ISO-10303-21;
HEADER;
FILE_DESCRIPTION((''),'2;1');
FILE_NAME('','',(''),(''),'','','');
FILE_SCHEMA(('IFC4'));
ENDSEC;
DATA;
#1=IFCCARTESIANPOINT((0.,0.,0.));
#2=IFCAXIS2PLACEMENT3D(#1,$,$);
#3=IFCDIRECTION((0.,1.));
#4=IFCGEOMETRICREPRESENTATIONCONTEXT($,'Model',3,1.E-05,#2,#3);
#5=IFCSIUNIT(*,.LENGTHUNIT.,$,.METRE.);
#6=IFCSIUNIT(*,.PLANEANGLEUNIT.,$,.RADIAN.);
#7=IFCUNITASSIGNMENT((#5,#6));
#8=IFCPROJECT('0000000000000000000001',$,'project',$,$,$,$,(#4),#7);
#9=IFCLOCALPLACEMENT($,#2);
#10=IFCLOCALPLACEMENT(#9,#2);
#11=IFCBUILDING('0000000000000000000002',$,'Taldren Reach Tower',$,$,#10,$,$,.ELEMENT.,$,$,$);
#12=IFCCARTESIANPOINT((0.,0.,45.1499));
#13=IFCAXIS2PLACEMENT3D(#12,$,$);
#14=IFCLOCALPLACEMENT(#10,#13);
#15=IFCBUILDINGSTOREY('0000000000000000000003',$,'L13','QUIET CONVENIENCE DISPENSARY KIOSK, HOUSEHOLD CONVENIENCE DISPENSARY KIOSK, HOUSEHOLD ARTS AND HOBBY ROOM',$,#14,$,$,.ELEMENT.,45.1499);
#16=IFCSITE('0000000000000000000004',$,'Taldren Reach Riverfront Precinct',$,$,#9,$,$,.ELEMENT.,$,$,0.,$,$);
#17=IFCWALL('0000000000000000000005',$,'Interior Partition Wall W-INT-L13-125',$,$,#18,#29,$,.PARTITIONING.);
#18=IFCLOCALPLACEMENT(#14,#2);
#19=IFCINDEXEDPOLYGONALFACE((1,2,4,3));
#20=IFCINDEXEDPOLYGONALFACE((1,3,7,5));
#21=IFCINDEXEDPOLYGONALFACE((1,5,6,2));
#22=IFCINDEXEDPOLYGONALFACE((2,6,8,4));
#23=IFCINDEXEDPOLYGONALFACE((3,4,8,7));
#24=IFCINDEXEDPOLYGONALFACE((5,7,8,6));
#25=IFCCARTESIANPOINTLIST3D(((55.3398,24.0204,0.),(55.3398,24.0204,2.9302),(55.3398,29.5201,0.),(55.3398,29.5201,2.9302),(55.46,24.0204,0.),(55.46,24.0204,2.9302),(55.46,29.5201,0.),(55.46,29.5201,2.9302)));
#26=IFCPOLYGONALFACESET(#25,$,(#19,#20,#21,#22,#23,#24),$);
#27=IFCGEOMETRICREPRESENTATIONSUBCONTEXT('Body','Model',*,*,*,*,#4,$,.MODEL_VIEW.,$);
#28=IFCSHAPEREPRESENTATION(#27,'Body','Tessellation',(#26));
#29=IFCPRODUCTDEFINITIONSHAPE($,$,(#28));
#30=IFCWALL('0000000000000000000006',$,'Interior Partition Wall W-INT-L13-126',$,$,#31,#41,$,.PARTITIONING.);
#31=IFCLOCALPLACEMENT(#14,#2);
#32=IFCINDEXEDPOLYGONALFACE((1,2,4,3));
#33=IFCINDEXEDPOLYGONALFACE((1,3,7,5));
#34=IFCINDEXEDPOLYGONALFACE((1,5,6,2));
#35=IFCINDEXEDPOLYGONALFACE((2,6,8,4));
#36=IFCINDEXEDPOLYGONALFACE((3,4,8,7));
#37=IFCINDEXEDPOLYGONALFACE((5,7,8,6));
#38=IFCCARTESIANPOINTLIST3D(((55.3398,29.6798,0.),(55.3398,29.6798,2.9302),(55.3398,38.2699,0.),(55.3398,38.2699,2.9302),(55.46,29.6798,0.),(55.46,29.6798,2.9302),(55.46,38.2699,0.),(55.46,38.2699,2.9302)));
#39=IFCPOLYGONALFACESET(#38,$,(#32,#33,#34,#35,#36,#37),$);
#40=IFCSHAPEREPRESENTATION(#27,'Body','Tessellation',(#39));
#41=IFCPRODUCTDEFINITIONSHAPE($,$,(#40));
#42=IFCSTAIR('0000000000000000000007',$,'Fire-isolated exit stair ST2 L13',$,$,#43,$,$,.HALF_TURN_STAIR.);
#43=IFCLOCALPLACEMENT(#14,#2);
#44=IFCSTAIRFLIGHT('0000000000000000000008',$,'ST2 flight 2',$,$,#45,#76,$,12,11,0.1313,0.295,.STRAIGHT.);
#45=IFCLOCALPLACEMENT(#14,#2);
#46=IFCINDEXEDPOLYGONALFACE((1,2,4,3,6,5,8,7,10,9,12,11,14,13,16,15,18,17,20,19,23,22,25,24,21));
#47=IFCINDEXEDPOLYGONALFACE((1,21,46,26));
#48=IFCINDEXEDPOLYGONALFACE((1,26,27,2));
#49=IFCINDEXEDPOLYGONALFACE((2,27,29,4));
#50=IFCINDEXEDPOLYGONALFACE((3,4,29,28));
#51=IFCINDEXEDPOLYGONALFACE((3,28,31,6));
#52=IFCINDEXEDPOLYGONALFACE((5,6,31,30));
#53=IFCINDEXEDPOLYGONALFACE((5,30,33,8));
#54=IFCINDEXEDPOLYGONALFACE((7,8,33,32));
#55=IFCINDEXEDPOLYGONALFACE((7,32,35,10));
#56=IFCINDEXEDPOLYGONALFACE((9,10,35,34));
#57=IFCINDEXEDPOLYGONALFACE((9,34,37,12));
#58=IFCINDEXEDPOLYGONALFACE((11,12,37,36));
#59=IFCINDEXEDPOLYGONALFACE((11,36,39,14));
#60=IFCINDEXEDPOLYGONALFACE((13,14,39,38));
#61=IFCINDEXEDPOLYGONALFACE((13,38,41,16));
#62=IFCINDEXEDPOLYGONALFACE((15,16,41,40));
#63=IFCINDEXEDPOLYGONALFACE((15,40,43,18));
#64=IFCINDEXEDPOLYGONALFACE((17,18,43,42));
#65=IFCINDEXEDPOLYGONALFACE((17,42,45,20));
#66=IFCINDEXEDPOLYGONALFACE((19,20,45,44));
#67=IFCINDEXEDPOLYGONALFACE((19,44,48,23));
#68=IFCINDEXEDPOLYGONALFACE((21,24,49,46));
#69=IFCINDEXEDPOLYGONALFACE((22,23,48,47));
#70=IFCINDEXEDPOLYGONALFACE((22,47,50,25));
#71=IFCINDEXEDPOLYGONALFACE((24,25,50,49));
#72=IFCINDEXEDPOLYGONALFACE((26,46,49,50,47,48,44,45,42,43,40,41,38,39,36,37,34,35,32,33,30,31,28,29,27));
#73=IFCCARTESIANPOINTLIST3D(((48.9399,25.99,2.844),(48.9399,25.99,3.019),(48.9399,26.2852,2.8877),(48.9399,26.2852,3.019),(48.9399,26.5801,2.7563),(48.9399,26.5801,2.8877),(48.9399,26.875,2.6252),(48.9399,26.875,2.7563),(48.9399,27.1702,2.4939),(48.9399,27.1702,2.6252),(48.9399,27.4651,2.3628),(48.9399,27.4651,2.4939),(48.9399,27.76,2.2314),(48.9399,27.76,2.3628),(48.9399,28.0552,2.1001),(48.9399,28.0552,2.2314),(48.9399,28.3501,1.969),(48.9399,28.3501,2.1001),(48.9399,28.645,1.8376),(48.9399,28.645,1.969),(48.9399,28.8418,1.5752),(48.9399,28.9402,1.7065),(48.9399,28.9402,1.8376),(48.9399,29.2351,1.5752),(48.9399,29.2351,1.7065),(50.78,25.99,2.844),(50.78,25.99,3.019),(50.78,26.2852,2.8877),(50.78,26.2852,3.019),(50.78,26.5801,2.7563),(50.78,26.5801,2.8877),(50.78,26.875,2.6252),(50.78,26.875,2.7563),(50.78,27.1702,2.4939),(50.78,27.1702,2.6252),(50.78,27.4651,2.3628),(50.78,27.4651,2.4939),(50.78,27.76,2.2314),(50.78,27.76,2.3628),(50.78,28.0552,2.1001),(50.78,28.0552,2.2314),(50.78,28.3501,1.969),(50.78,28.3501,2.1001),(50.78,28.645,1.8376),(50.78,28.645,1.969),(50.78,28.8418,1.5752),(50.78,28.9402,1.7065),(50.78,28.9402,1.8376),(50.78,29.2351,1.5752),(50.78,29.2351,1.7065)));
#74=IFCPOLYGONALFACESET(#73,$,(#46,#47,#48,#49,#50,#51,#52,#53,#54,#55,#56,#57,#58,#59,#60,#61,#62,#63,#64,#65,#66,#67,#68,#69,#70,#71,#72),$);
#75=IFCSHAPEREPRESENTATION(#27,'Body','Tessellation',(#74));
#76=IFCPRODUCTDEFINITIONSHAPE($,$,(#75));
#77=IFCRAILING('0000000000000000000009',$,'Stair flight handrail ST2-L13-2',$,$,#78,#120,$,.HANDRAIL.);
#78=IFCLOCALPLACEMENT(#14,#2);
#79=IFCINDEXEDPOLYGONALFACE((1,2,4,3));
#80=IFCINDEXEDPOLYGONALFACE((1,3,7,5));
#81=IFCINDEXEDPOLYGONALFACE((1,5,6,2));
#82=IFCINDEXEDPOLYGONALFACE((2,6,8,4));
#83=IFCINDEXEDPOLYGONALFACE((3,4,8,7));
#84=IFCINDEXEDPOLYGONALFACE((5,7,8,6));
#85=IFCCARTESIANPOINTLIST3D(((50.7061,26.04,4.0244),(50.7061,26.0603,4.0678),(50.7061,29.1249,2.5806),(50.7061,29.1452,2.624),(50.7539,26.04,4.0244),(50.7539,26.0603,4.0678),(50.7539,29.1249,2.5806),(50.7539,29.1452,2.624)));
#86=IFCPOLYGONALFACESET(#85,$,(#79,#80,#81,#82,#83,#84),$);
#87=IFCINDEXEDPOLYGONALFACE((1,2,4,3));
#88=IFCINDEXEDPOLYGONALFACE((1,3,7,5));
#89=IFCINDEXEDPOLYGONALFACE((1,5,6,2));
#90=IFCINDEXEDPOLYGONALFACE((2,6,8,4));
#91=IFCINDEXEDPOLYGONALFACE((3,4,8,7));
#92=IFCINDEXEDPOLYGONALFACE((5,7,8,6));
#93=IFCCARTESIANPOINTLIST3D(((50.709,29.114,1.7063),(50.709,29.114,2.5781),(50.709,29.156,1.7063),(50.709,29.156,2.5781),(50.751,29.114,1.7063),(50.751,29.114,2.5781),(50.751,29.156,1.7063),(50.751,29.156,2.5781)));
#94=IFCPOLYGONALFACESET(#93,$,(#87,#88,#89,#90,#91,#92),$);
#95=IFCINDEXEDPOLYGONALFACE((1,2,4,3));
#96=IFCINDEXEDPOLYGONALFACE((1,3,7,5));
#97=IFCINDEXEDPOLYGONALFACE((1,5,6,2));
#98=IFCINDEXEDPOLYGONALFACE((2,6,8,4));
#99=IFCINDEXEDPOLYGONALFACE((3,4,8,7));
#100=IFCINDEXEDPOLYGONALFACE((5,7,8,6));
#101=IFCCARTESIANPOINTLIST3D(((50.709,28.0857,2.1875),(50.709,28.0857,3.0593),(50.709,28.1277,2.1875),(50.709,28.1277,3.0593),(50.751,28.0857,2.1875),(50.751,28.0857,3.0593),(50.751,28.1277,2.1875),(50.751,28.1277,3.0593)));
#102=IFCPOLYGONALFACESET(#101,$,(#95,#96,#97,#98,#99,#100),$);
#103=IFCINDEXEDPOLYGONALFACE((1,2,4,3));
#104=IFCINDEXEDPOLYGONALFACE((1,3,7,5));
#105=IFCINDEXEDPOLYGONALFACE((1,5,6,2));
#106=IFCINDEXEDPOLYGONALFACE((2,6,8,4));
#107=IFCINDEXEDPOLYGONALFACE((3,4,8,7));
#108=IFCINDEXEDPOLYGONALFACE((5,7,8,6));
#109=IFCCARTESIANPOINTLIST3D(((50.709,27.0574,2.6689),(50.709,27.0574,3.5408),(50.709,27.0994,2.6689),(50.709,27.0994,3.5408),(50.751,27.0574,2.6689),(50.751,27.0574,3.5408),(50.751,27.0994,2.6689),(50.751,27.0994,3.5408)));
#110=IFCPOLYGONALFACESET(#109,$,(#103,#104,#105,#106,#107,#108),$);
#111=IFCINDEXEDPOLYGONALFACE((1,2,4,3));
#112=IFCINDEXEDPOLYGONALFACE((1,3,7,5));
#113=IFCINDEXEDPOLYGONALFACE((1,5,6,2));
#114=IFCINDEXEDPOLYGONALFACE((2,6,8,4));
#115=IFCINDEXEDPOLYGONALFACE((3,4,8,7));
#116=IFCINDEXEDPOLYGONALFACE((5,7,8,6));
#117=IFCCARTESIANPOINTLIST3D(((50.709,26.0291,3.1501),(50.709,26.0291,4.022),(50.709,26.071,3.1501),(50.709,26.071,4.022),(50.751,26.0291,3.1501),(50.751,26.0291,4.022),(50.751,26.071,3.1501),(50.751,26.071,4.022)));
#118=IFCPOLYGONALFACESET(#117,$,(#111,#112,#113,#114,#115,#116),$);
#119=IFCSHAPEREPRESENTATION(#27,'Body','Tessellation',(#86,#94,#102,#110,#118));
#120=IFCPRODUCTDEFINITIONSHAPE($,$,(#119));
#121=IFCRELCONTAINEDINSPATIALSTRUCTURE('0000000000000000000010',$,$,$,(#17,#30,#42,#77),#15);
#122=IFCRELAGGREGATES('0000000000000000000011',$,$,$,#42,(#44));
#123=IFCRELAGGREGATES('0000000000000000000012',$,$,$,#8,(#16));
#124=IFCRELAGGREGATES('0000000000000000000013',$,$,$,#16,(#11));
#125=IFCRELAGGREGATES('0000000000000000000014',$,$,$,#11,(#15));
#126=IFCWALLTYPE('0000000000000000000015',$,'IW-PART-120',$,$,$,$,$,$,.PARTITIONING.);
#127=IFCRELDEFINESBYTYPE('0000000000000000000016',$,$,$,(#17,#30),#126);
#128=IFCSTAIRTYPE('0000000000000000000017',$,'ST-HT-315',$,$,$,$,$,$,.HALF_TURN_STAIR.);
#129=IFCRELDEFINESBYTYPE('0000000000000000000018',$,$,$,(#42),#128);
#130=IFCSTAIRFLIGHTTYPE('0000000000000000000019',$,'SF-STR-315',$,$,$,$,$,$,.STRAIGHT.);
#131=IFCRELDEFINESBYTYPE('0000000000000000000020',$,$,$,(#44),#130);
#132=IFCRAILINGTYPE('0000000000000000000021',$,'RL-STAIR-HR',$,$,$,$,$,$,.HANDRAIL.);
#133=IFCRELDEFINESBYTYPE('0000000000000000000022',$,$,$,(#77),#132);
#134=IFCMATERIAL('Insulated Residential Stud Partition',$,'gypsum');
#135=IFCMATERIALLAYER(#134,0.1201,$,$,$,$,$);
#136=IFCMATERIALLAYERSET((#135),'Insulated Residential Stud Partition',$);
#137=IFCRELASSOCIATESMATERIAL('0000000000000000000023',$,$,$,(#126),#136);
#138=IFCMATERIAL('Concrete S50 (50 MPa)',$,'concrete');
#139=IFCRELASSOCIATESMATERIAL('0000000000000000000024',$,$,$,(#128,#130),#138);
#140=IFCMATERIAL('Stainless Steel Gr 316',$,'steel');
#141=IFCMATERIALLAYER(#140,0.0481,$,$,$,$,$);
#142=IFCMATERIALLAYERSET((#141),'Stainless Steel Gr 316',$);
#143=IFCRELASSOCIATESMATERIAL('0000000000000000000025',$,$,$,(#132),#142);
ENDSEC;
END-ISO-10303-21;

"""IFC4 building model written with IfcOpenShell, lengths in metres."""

from ifc_helpers import new_model, si_unit, direction, frame, frame_2d, origin, origin_2d, place, context, subcontext, project, spatial, polyline, rectangle, outline, extrude, source, transform, mapped, material, layer, layer_set, type_object, element, aggregate, save


model = new_model("IFC4")

# Units and contexts
model_context = context("Model", 3, precision=1e-05, world=origin(), true_north=direction((0.0, 1.0)))
body_context = subcontext(model_context, "Body", "Model", "MODEL_VIEW")
ifc_project = project(units=[si_unit("LENGTHUNIT", "METRE"), si_unit("PLANEANGLEUNIT", "RADIAN")], contexts=[model_context])

# Site, building, storey
site_placement = place(None, origin())
site = spatial("IfcSite", under=ifc_project, at=site_placement, Name="Taldren Reach Riverfront Precinct", CompositionType="ELEMENT", RefElevation=0.0)
building_placement = place(site_placement, origin())
building = spatial("IfcBuilding", under=site, at=building_placement, Name="Taldren Reach Tower", CompositionType="ELEMENT")
storey_placement = place(building_placement, frame((0.0, 0.0, 45.1499)))
storey = spatial("IfcBuildingStorey", under=building, at=storey_placement, Name="L13", Description="QUIET CONVENIENCE DISPENSARY KIOSK, HOUSEHOLD CONVENIENCE DISPENSARY KIOSK, HOUSEHOLD ARTS AND HOBBY ROOM", CompositionType="ELEMENT", Elevation=45.1499)

# Shared definitions
ifc_material_1 = material(Name="Insulated Residential Stud Partition", Category="gypsum")
ifc_layer_1 = layer(ifc_material_1, 0.1201)
ifc_layer_set_1 = layer_set([ifc_layer_1], Name="Insulated Residential Stud Partition")
wall_type_1 = type_object("IfcWallType", Name="IW-PART-120", PredefinedType="PARTITIONING", material=ifc_layer_set_1)

# Walls
shared_shape_1 = source(origin(), body_context, "Body", "SweptSolid", [
    extrude(rectangle(XDim=5.4998, YDim=0.1201, at=frame_2d((2.75, 0.0))), origin(), (0.0, 0.0, 1.0), 2.9302),
])
wall_1_placement = place(storey_placement, frame((55.3999, 24.0203, 0.0), z_axis=(0.0, 0.0, 1.0), x_axis=(0.0, 1.0, 0.0)))
element("IfcWall", 1, at=wall_1_placement, inside=storey, type_object=wall_type_1, Name="Interior Partition Wall W-INT-L13-125", PredefinedType="PARTITIONING", context=body_context, shape_type="MappedRepresentation", body=[
    mapped(shared_shape_1, transform((0.0, 0.0, 0.0), scale=1.0)),
])
shared_shape_2 = source(origin(), body_context, "Body", "SweptSolid", [
    extrude(rectangle(XDim=8.5901, YDim=0.1201, at=frame_2d((4.2949, 0.0))), origin(), (0.0, 0.0, 1.0), 2.9302),
])
wall_2_placement = place(storey_placement, frame((55.3999, 29.6799, 0.0), z_axis=(0.0, 0.0, 1.0), x_axis=(0.0, 1.0, 0.0)))
element("IfcWall", 2, at=wall_2_placement, inside=storey, type_object=wall_type_1, Name="Interior Partition Wall W-INT-L13-126", PredefinedType="PARTITIONING", context=body_context, shape_type="MappedRepresentation", body=[
    mapped(shared_shape_2, transform((0.0, 0.0, 0.0), scale=1.0)),
])

# Stair, stair flight
ifc_material_2 = material(Name="Concrete S50 (50 MPa)", Category="concrete")
stair_type = type_object("IfcStairType", Name="ST-HT-315", PredefinedType="HALF_TURN_STAIR", material=ifc_material_2)
stair_placement = place(storey_placement, origin())
stair = element("IfcStair", 3, at=stair_placement, inside=storey, type_object=stair_type, Name="Fire-isolated exit stair ST2 L13", PredefinedType="HALF_TURN_STAIR")
stair_flight_type = type_object("IfcStairFlightType", Name="SF-STR-315", PredefinedType="STRAIGHT", material=ifc_material_2)
stair_flight_placement = place(storey_placement, frame((49.8601, 29.2351, 1.5752), z_axis=(0.0, 0.0, 1.0), x_axis=(0.0, -1.0, 0.0)))
stair_flight = element("IfcStairFlight", 4, at=stair_flight_placement, type_object=stair_flight_type, Name="ST2 flight 2", NumberOfRisers=12, NumberOfTreads=11, PredefinedType="STRAIGHT", RiserHeight=0.1313, TreadLength=0.295, context=body_context, shape_type="SweptSolid", body=[
    extrude(outline(polyline([(0.0, 0.0), (0.0, 0.1313), (0.2949, 0.1313), (0.2949, 0.2625), (0.5901, 0.2625), (0.5901, 0.3938), (0.885, 0.3938), (0.885, 0.5249), (1.1799, 0.5249), (1.1799, 0.6562), (1.4751, 0.6562), (1.4751, 0.7876), (1.77, 0.7876), (1.77, 0.9187), (2.0649, 0.9187), (2.0649, 1.05), (2.3601, 1.05), (2.3601, 1.1812), (2.655, 1.1812), (2.655, 1.3125), (2.95, 1.3125), (2.95, 1.4438), (3.2451, 1.4438), (3.2451, 1.575), (3.2451, 1.2688), (0.3933, 0.0), (0.0, 0.0)])), frame((0.0, 0.9199, 0.0), z_axis=(0.0, -1.0, 0.0), x_axis=(1.0, 0.0, 0.0)), (0.0, 0.0, 1.0), 1.8401),
])
aggregate(stair, [stair_flight])

# Railing
ifc_material_3 = material(Name="Stainless Steel Gr 316", Category="steel")
ifc_layer_2 = layer(ifc_material_3, 0.0481)
ifc_layer_set_2 = layer_set([ifc_layer_2], Name="Stainless Steel Gr 316")
railing_type = type_object("IfcRailingType", Name="RL-STAIR-HR", PredefinedType="HANDRAIL", material=ifc_layer_set_2)
railing_placement = place(storey_placement, frame((50.73, 29.135, 1.7063)))
element("IfcRailing", 5, at=railing_placement, inside=storey, type_object=railing_type, Name="Stair flight handrail ST2-L13-2", PredefinedType="HANDRAIL", context=body_context, shape_type="SweptSolid", body=[
    extrude(rectangle(XDim=0.0479, YDim=0.0479, at=origin_2d()), frame((0.0, 0.0, 0.896), z_axis=(0.0, -0.90571, 0.423898), x_axis=(1.0, 0.0, 0.0)), (0.0, 0.0, 1.0), 3.406),
    extrude(rectangle(XDim=0.042, YDim=0.042, at=origin_2d()), origin(), (0.0, 0.0, 1.0), 0.8718),
    extrude(rectangle(XDim=0.042, YDim=0.042, at=origin_2d()), frame((0.0, -1.0283, 0.4812)), (0.0, 0.0, 1.0), 0.8718),
    extrude(rectangle(XDim=0.042, YDim=0.042, at=origin_2d()), frame((0.0, -2.0566, 0.9626)), (0.0, 0.0, 1.0), 0.8718),
    extrude(rectangle(XDim=0.042, YDim=0.042, at=origin_2d()), frame((0.0, -3.085, 1.4438)), (0.0, 0.0, 1.0), 0.8718),
])

save(model, "model.ifc")
